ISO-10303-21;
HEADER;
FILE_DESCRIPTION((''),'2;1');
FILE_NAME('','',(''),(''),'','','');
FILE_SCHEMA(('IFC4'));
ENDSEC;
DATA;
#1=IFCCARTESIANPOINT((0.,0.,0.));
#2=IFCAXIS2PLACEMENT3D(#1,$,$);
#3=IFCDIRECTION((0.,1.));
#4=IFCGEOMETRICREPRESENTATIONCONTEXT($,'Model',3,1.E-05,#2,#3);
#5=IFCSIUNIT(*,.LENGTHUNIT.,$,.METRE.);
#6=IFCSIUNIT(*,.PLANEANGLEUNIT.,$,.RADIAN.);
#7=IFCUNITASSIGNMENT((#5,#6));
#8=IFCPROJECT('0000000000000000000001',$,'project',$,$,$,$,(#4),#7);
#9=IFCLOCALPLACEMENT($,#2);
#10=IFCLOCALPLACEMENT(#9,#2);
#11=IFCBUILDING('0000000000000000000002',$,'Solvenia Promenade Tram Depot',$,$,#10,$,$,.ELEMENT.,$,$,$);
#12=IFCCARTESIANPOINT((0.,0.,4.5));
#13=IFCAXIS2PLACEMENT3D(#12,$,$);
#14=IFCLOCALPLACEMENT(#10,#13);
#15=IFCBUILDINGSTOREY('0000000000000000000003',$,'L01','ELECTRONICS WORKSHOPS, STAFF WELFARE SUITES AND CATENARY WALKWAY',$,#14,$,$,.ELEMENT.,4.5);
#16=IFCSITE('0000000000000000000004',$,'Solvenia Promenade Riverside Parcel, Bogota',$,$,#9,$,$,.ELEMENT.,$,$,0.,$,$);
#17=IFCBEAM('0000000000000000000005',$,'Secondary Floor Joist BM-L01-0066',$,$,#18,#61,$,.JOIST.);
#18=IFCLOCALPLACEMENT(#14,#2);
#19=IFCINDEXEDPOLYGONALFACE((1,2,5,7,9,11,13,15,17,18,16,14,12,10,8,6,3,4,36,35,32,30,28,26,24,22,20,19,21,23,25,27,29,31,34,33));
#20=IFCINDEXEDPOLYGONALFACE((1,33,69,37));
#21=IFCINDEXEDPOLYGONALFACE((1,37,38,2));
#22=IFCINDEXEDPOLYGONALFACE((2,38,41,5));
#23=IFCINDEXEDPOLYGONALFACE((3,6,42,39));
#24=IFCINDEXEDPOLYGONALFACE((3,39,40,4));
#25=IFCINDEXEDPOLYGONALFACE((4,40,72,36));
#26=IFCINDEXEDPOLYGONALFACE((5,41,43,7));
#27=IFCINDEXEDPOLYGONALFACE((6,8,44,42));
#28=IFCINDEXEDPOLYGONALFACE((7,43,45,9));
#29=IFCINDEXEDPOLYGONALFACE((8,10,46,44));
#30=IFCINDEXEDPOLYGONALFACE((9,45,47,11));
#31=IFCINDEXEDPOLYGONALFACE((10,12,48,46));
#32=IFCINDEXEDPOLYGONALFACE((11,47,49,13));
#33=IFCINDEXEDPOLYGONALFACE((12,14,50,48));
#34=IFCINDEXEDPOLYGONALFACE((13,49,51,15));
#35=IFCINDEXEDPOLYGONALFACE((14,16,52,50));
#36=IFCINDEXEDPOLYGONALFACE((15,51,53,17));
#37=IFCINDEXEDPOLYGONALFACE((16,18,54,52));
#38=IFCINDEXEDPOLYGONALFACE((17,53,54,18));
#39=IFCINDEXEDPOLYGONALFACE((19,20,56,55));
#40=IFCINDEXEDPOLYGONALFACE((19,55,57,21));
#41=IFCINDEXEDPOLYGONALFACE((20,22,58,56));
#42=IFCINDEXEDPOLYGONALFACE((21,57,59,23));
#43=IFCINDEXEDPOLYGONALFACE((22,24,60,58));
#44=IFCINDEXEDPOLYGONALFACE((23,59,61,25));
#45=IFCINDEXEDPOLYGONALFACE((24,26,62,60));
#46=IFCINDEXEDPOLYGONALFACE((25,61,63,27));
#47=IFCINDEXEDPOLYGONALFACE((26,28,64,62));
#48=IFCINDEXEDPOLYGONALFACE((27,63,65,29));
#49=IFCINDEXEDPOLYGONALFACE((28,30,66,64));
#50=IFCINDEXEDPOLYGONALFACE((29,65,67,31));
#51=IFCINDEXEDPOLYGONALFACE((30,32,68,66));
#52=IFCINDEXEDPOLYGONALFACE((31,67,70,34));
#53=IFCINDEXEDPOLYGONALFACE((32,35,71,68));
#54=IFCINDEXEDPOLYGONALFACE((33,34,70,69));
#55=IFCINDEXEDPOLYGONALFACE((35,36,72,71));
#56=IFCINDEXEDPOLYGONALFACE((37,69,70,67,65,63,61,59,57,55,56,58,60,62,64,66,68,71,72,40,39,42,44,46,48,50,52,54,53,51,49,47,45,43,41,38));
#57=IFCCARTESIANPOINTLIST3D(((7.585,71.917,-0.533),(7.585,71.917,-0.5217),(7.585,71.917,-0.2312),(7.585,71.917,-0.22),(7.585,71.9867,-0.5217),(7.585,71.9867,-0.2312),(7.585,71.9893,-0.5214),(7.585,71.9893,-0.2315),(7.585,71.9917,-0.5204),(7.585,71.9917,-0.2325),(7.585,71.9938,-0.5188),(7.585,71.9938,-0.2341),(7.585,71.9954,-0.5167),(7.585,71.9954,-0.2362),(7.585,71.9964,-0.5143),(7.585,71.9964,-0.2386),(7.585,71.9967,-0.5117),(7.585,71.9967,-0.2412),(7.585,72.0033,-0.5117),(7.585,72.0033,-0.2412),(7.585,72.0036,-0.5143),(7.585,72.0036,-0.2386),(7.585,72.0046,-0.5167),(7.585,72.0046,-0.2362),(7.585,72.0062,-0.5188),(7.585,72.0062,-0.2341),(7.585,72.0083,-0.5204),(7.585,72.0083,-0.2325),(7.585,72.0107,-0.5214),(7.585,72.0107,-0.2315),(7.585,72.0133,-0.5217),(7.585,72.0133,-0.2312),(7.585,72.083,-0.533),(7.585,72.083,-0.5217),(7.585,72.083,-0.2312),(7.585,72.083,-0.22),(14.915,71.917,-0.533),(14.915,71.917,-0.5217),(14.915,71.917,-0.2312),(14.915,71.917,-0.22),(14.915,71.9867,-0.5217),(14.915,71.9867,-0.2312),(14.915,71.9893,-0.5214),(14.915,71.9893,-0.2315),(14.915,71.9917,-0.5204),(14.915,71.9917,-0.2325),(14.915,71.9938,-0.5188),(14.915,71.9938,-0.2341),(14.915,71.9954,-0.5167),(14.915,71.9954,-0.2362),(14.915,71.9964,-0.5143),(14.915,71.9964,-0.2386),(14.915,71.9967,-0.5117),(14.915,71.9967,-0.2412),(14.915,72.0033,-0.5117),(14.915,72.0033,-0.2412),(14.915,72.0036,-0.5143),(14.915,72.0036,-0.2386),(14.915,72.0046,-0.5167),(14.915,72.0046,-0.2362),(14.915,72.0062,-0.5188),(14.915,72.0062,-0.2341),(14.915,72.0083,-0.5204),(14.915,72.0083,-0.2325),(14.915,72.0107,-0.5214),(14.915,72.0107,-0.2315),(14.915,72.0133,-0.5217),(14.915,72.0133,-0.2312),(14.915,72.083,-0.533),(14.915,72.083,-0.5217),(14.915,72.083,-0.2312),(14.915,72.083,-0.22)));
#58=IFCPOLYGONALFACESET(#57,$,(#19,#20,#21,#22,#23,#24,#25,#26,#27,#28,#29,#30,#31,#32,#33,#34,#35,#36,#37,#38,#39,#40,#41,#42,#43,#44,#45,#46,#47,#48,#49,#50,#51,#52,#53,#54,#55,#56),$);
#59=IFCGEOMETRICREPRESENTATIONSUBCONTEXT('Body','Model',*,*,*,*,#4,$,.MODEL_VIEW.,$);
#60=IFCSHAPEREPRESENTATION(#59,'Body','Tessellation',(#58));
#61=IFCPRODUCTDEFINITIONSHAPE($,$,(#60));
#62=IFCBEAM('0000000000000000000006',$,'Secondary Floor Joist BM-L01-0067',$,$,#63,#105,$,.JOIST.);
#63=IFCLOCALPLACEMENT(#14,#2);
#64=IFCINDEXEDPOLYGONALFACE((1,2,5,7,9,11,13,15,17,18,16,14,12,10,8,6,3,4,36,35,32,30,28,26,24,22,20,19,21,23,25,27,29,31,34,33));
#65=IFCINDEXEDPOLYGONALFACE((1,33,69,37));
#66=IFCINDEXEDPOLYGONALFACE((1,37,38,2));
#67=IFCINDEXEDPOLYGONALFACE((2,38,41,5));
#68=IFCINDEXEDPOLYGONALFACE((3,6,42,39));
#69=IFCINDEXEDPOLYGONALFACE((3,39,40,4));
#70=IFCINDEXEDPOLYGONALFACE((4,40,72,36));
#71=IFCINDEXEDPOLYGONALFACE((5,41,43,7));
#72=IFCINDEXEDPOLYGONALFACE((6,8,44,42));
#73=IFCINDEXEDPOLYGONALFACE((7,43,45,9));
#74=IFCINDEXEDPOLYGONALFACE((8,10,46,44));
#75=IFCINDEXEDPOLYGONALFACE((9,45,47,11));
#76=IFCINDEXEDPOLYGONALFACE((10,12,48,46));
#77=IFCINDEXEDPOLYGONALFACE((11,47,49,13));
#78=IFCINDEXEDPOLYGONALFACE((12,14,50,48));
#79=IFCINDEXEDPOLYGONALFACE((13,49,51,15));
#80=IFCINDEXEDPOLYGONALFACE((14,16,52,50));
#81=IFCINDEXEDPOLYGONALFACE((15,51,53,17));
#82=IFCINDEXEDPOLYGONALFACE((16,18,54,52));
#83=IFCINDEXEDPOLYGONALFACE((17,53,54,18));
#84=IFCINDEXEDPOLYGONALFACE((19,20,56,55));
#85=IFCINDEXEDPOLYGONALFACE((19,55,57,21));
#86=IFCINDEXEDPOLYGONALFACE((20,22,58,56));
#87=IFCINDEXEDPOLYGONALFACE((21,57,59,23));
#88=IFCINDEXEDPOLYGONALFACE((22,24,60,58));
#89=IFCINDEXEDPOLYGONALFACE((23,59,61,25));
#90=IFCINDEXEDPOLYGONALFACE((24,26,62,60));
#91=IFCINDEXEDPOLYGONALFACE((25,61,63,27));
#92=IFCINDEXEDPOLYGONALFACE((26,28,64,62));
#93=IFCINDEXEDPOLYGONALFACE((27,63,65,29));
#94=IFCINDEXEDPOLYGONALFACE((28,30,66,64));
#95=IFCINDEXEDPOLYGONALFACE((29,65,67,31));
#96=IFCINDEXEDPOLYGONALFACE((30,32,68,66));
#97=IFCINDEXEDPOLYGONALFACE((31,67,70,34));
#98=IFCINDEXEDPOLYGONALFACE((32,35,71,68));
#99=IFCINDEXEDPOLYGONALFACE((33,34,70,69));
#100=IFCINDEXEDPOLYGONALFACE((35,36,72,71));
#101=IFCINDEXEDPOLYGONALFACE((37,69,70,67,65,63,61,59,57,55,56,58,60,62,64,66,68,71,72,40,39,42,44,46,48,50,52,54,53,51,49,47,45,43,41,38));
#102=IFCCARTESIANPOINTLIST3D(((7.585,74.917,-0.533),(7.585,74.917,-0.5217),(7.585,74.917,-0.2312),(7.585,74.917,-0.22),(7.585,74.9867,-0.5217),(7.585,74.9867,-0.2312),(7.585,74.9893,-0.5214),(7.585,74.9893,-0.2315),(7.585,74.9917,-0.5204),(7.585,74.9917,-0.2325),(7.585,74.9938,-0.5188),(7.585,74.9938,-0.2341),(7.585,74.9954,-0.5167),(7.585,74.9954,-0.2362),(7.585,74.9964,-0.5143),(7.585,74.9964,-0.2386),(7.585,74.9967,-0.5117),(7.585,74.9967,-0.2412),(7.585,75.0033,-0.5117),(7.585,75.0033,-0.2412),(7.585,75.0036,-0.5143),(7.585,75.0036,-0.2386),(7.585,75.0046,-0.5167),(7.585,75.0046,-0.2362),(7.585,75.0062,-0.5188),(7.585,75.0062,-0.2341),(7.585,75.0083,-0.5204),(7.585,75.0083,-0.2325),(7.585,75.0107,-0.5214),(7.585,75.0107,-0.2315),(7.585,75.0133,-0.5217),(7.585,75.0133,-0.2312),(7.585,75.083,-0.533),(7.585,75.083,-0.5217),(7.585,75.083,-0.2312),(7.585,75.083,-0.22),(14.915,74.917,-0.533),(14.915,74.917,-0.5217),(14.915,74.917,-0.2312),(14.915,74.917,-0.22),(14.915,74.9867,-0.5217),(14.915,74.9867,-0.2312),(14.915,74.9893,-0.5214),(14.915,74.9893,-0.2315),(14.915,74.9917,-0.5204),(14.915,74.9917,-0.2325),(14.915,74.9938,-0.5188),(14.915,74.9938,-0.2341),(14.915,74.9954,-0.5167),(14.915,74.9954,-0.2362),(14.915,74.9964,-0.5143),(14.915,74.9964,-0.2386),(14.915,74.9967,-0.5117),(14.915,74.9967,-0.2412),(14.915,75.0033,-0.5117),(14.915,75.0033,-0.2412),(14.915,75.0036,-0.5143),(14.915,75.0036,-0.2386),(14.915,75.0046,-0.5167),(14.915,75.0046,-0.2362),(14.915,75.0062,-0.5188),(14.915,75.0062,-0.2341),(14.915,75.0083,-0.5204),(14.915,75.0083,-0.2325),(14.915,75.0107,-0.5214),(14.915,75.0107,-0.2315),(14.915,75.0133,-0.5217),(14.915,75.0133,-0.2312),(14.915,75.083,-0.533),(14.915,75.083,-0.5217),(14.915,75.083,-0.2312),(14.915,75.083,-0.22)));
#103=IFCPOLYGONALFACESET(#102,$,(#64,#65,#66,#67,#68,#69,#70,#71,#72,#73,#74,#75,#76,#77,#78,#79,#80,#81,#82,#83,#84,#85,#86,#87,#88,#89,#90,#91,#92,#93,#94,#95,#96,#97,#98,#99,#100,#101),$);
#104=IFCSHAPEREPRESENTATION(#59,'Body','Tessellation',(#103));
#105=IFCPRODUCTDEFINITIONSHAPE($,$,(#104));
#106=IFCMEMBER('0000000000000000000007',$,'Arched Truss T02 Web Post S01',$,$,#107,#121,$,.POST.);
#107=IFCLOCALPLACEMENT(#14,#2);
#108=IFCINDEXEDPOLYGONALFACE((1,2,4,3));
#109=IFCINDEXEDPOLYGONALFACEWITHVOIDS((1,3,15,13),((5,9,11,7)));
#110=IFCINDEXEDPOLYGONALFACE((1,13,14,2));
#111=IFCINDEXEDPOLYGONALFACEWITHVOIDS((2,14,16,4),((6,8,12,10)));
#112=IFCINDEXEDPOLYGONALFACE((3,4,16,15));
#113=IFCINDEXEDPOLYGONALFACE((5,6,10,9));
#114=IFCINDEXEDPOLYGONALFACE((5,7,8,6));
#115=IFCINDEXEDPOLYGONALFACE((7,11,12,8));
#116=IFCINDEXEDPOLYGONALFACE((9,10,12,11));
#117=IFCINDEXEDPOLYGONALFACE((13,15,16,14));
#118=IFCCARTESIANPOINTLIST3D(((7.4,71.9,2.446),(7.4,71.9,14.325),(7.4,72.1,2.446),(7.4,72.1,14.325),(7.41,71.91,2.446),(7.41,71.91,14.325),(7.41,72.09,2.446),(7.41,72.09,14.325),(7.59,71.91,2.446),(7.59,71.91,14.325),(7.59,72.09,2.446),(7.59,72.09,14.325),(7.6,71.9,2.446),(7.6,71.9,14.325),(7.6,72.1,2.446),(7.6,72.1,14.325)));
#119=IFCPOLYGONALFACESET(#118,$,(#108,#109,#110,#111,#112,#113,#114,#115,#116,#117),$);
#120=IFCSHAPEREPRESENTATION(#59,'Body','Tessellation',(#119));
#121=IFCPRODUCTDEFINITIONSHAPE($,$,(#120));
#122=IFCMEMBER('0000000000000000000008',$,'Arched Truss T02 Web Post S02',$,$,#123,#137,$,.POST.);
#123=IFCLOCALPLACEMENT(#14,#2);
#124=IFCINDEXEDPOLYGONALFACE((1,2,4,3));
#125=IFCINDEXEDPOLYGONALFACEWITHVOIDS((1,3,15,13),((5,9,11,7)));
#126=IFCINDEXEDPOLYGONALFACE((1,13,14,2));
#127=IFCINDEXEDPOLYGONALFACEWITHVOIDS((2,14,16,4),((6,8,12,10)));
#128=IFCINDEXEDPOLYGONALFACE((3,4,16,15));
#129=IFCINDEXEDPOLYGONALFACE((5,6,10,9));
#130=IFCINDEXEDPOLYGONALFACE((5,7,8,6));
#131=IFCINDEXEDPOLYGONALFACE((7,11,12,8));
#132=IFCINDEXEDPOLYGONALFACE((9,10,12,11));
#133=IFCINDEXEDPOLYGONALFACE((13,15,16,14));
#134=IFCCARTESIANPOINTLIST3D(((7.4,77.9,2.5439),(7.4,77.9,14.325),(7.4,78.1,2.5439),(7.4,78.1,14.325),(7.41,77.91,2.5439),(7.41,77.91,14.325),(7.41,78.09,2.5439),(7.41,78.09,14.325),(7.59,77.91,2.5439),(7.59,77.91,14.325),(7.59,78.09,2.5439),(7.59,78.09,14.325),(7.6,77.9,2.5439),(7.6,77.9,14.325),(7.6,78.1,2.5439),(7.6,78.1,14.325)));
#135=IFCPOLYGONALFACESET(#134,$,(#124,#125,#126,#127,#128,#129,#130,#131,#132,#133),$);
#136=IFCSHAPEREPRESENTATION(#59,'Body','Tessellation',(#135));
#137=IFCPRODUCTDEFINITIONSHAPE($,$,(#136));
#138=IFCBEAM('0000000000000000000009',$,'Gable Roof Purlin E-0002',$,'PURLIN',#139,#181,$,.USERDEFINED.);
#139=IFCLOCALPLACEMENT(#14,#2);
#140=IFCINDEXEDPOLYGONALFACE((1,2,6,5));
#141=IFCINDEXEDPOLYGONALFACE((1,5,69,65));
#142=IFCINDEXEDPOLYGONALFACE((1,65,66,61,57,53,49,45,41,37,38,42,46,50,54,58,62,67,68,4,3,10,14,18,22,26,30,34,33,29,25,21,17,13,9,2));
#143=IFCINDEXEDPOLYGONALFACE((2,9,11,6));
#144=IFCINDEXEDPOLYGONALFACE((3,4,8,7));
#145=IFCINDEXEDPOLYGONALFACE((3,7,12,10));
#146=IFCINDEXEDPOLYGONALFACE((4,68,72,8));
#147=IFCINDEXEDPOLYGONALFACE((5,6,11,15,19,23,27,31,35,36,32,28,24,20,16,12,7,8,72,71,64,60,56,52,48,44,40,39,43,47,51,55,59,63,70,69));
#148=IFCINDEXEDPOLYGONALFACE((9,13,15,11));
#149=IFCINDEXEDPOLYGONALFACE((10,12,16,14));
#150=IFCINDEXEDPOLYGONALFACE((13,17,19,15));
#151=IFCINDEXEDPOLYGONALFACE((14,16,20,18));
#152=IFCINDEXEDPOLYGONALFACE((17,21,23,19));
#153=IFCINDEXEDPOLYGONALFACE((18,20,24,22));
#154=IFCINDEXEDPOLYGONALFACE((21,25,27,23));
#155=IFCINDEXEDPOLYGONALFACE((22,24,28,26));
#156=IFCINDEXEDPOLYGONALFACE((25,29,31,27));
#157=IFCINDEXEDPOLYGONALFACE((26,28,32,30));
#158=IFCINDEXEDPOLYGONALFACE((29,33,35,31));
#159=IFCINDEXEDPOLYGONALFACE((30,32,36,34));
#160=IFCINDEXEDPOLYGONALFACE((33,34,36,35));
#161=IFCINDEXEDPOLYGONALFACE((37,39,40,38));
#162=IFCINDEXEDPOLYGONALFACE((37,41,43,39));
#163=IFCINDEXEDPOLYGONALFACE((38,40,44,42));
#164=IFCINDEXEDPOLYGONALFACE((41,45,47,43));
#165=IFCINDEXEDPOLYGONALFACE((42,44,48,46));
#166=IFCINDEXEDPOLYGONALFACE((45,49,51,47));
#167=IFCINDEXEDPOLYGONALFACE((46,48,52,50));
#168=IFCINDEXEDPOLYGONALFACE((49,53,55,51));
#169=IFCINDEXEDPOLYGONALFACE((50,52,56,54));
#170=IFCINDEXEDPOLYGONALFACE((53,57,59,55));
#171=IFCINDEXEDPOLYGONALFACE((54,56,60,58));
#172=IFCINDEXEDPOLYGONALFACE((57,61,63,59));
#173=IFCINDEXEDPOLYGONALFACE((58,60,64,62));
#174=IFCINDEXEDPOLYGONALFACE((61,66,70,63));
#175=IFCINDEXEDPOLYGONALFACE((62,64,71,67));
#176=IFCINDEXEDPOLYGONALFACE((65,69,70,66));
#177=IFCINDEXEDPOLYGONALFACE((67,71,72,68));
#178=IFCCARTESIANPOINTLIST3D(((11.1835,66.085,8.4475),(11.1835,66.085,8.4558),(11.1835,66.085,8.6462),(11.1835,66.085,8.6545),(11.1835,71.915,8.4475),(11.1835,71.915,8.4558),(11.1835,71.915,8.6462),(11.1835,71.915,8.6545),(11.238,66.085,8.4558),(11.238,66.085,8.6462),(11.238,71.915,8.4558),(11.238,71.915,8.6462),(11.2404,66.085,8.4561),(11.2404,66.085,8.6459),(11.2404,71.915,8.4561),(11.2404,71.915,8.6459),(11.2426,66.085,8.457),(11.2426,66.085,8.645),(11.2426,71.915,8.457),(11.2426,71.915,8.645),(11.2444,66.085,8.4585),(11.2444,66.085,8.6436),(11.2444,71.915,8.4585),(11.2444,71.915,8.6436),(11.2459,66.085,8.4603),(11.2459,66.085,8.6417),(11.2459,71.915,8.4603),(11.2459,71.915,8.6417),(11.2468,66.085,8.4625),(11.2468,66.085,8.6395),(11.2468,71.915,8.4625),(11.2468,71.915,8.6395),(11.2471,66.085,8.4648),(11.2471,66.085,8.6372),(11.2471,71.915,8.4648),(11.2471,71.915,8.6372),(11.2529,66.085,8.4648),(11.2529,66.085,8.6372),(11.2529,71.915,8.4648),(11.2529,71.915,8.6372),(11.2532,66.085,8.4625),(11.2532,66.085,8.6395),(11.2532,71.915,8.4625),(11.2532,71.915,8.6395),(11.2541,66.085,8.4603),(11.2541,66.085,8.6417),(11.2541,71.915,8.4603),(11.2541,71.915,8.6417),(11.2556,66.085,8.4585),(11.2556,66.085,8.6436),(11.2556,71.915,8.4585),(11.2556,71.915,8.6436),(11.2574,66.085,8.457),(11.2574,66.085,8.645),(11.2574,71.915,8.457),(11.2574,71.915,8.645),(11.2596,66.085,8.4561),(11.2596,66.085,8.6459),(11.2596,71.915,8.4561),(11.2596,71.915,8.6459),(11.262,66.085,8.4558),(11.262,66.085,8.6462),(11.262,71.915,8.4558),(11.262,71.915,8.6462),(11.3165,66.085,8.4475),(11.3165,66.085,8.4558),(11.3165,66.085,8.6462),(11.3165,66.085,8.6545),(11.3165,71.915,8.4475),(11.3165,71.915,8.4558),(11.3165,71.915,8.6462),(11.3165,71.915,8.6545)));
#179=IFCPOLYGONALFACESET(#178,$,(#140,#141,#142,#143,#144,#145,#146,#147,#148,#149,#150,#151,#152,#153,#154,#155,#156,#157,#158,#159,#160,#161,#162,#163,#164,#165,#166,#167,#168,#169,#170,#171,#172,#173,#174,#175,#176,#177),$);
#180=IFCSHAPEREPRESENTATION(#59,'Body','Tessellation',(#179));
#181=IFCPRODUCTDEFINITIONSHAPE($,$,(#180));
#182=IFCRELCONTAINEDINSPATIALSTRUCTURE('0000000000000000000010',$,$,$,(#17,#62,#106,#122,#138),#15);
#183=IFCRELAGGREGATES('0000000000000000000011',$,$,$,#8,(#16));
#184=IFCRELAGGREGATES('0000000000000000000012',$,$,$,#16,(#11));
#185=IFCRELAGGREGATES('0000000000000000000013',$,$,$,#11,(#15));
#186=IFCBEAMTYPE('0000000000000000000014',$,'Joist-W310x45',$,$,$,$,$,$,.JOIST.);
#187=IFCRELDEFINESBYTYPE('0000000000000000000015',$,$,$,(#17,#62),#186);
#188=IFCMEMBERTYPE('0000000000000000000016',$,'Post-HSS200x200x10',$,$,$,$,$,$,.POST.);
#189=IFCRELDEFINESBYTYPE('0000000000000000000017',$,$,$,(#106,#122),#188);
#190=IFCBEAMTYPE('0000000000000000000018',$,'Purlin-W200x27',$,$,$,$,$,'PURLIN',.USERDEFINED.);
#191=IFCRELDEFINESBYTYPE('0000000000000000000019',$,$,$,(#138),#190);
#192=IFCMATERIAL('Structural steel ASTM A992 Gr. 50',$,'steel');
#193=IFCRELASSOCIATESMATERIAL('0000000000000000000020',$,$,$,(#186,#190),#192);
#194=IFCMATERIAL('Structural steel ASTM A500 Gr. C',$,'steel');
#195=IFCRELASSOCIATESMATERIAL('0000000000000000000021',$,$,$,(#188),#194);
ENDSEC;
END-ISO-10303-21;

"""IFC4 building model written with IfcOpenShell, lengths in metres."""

from ifc_helpers import new_model, si_unit, direction, frame, origin, origin_2d, place, context, subcontext, project, spatial, hollow_rectangle, i_section, extrude, material, material_profile, profile_set, type_object, element, save


model = new_model("IFC4")

# Units and contexts
model_context = context("Model", 3, precision=1e-05, world=origin(), true_north=direction((0.0, 1.0)))
body_context = subcontext(model_context, "Body", "Model", "MODEL_VIEW")
ifc_project = project(units=[si_unit("LENGTHUNIT", "METRE"), si_unit("PLANEANGLEUNIT", "RADIAN")], contexts=[model_context])

# Site, building, storey
site_placement = place(None, origin())
site = spatial("IfcSite", under=ifc_project, at=site_placement, Name="Solvenia Promenade Riverside Parcel, Bogota", CompositionType="ELEMENT", RefElevation=0.0)
building_placement = place(site_placement, origin())
building = spatial("IfcBuilding", under=site, at=building_placement, Name="Solvenia Promenade Tram Depot", CompositionType="ELEMENT")
storey_placement = place(building_placement, frame((0.0, 0.0, 4.5)))
storey = spatial("IfcBuildingStorey", under=building, at=storey_placement, Name="L01", Description="ELECTRONICS WORKSHOPS, STAFF WELFARE SUITES AND CATENARY WALKWAY", CompositionType="ELEMENT", Elevation=4.5)

# Shared definitions
ifc_material_1 = material(Name="Structural steel ASTM A992 Gr. 50", Category="steel")

# Shared definitions
ifc_material_2 = material(Name="Structural steel ASTM A500 Gr. C", Category="steel")

# Beams
ifc_material_profile_1 = material_profile(ifc_material_1, i_section(OverallWidth=0.166, OverallDepth=0.313, WebThickness=0.0066, FlangeThickness=0.0112, FilletRadius=0.01, at=origin_2d()), Name="W310x45", Category="steel")
ifc_profile_set_1 = profile_set([ifc_material_profile_1], Name="Structural steel ASTM A992 Gr. 50")
beam_type_1 = type_object("IfcBeamType", Name="Joist-W310x45", PredefinedType="JOIST", material=ifc_profile_set_1)
for number, where, z_axis, x_axis, name in (
    (1, (7.585, 72.0, -0.3765), (1.0, 0.0, 0.0), (0.0, 1.0, 0.0), "Secondary Floor Joist BM-L01-0066"),
    (2, (7.585, 75.0, -0.3765), (1.0, 0.0, 0.0), (0.0, 1.0, 0.0), "Secondary Floor Joist BM-L01-0067"),
):
    element("IfcBeam", number, at=place(storey_placement, frame(where, z_axis=z_axis, x_axis=x_axis)), inside=storey, type_object=beam_type_1, Name=name, PredefinedType="JOIST", context=body_context, shape_type="SweptSolid", body=[
        extrude(i_section(OverallWidth=0.166, OverallDepth=0.313, WebThickness=0.0066, FlangeThickness=0.0112, FilletRadius=0.01, at=origin_2d()), origin(), (0.0, 0.0, 1.0), 7.3301),
    ])

# Members
ifc_material_profile_2 = material_profile(ifc_material_2, hollow_rectangle(XDim=0.2, YDim=0.2, WallThickness=0.01, at=origin_2d()), Name="HSS200x200x10", Category="steel")
ifc_profile_set_2 = profile_set([ifc_material_profile_2], Name="Structural steel ASTM A500 Gr. C")
member_type_1 = type_object("IfcMemberType", Name="Post-HSS200x200x10", PredefinedType="POST", material=ifc_profile_set_2)
member_1_placement = place(storey_placement, frame((7.5, 72.0, 2.446), z_axis=(0.0, 0.0, 1.0), x_axis=(1.0, 0.0, 0.0)))
element("IfcMember", 3, at=member_1_placement, inside=storey, type_object=member_type_1, Name="Arched Truss T02 Web Post S01", PredefinedType="POST", context=body_context, shape_type="SweptSolid", body=[
    extrude(hollow_rectangle(XDim=0.2, YDim=0.2, WallThickness=0.01, at=origin_2d()), origin(), (0.0, 0.0, 1.0), 11.8789),
])
member_2_placement = place(storey_placement, frame((7.5, 78.0, 2.5439), z_axis=(0.0, 0.0, 1.0), x_axis=(1.0, 0.0, 0.0)))
element("IfcMember", 4, at=member_2_placement, inside=storey, type_object=member_type_1, Name="Arched Truss T02 Web Post S02", PredefinedType="POST", context=body_context, shape_type="SweptSolid", body=[
    extrude(hollow_rectangle(XDim=0.2, YDim=0.2, WallThickness=0.01, at=origin_2d()), origin(), (0.0, 0.0, 1.0), 11.781),
])

# Beam
ifc_material_profile_3 = material_profile(ifc_material_1, i_section(OverallWidth=0.1331, OverallDepth=0.207, WebThickness=0.0059, FlangeThickness=0.0083, FilletRadius=0.009, at=origin_2d()), Name="W200x27", Category="steel")
ifc_profile_set_3 = profile_set([ifc_material_profile_3], Name="Structural steel ASTM A992 Gr. 50")
beam_type_2 = type_object("IfcBeamType", Name="Purlin-W200x27", ElementType="PURLIN", PredefinedType="USERDEFINED", material=ifc_profile_set_3)
beam_1_placement = place(storey_placement, frame((11.25, 66.085, 8.551), z_axis=(0.0, 1.0, 0.0), x_axis=(-1.0, 0.0, 0.0)))
element("IfcBeam", 5, at=beam_1_placement, inside=storey, type_object=beam_type_2, Name="Gable Roof Purlin E-0002", ObjectType="PURLIN", PredefinedType="USERDEFINED", context=body_context, shape_type="SweptSolid", body=[
    extrude(i_section(OverallWidth=0.1331, OverallDepth=0.207, WebThickness=0.0059, FlangeThickness=0.0083, FilletRadius=0.009, at=origin_2d()), origin(), (0.0, 0.0, 1.0), 5.8301),
])

save(model, "model.ifc")
